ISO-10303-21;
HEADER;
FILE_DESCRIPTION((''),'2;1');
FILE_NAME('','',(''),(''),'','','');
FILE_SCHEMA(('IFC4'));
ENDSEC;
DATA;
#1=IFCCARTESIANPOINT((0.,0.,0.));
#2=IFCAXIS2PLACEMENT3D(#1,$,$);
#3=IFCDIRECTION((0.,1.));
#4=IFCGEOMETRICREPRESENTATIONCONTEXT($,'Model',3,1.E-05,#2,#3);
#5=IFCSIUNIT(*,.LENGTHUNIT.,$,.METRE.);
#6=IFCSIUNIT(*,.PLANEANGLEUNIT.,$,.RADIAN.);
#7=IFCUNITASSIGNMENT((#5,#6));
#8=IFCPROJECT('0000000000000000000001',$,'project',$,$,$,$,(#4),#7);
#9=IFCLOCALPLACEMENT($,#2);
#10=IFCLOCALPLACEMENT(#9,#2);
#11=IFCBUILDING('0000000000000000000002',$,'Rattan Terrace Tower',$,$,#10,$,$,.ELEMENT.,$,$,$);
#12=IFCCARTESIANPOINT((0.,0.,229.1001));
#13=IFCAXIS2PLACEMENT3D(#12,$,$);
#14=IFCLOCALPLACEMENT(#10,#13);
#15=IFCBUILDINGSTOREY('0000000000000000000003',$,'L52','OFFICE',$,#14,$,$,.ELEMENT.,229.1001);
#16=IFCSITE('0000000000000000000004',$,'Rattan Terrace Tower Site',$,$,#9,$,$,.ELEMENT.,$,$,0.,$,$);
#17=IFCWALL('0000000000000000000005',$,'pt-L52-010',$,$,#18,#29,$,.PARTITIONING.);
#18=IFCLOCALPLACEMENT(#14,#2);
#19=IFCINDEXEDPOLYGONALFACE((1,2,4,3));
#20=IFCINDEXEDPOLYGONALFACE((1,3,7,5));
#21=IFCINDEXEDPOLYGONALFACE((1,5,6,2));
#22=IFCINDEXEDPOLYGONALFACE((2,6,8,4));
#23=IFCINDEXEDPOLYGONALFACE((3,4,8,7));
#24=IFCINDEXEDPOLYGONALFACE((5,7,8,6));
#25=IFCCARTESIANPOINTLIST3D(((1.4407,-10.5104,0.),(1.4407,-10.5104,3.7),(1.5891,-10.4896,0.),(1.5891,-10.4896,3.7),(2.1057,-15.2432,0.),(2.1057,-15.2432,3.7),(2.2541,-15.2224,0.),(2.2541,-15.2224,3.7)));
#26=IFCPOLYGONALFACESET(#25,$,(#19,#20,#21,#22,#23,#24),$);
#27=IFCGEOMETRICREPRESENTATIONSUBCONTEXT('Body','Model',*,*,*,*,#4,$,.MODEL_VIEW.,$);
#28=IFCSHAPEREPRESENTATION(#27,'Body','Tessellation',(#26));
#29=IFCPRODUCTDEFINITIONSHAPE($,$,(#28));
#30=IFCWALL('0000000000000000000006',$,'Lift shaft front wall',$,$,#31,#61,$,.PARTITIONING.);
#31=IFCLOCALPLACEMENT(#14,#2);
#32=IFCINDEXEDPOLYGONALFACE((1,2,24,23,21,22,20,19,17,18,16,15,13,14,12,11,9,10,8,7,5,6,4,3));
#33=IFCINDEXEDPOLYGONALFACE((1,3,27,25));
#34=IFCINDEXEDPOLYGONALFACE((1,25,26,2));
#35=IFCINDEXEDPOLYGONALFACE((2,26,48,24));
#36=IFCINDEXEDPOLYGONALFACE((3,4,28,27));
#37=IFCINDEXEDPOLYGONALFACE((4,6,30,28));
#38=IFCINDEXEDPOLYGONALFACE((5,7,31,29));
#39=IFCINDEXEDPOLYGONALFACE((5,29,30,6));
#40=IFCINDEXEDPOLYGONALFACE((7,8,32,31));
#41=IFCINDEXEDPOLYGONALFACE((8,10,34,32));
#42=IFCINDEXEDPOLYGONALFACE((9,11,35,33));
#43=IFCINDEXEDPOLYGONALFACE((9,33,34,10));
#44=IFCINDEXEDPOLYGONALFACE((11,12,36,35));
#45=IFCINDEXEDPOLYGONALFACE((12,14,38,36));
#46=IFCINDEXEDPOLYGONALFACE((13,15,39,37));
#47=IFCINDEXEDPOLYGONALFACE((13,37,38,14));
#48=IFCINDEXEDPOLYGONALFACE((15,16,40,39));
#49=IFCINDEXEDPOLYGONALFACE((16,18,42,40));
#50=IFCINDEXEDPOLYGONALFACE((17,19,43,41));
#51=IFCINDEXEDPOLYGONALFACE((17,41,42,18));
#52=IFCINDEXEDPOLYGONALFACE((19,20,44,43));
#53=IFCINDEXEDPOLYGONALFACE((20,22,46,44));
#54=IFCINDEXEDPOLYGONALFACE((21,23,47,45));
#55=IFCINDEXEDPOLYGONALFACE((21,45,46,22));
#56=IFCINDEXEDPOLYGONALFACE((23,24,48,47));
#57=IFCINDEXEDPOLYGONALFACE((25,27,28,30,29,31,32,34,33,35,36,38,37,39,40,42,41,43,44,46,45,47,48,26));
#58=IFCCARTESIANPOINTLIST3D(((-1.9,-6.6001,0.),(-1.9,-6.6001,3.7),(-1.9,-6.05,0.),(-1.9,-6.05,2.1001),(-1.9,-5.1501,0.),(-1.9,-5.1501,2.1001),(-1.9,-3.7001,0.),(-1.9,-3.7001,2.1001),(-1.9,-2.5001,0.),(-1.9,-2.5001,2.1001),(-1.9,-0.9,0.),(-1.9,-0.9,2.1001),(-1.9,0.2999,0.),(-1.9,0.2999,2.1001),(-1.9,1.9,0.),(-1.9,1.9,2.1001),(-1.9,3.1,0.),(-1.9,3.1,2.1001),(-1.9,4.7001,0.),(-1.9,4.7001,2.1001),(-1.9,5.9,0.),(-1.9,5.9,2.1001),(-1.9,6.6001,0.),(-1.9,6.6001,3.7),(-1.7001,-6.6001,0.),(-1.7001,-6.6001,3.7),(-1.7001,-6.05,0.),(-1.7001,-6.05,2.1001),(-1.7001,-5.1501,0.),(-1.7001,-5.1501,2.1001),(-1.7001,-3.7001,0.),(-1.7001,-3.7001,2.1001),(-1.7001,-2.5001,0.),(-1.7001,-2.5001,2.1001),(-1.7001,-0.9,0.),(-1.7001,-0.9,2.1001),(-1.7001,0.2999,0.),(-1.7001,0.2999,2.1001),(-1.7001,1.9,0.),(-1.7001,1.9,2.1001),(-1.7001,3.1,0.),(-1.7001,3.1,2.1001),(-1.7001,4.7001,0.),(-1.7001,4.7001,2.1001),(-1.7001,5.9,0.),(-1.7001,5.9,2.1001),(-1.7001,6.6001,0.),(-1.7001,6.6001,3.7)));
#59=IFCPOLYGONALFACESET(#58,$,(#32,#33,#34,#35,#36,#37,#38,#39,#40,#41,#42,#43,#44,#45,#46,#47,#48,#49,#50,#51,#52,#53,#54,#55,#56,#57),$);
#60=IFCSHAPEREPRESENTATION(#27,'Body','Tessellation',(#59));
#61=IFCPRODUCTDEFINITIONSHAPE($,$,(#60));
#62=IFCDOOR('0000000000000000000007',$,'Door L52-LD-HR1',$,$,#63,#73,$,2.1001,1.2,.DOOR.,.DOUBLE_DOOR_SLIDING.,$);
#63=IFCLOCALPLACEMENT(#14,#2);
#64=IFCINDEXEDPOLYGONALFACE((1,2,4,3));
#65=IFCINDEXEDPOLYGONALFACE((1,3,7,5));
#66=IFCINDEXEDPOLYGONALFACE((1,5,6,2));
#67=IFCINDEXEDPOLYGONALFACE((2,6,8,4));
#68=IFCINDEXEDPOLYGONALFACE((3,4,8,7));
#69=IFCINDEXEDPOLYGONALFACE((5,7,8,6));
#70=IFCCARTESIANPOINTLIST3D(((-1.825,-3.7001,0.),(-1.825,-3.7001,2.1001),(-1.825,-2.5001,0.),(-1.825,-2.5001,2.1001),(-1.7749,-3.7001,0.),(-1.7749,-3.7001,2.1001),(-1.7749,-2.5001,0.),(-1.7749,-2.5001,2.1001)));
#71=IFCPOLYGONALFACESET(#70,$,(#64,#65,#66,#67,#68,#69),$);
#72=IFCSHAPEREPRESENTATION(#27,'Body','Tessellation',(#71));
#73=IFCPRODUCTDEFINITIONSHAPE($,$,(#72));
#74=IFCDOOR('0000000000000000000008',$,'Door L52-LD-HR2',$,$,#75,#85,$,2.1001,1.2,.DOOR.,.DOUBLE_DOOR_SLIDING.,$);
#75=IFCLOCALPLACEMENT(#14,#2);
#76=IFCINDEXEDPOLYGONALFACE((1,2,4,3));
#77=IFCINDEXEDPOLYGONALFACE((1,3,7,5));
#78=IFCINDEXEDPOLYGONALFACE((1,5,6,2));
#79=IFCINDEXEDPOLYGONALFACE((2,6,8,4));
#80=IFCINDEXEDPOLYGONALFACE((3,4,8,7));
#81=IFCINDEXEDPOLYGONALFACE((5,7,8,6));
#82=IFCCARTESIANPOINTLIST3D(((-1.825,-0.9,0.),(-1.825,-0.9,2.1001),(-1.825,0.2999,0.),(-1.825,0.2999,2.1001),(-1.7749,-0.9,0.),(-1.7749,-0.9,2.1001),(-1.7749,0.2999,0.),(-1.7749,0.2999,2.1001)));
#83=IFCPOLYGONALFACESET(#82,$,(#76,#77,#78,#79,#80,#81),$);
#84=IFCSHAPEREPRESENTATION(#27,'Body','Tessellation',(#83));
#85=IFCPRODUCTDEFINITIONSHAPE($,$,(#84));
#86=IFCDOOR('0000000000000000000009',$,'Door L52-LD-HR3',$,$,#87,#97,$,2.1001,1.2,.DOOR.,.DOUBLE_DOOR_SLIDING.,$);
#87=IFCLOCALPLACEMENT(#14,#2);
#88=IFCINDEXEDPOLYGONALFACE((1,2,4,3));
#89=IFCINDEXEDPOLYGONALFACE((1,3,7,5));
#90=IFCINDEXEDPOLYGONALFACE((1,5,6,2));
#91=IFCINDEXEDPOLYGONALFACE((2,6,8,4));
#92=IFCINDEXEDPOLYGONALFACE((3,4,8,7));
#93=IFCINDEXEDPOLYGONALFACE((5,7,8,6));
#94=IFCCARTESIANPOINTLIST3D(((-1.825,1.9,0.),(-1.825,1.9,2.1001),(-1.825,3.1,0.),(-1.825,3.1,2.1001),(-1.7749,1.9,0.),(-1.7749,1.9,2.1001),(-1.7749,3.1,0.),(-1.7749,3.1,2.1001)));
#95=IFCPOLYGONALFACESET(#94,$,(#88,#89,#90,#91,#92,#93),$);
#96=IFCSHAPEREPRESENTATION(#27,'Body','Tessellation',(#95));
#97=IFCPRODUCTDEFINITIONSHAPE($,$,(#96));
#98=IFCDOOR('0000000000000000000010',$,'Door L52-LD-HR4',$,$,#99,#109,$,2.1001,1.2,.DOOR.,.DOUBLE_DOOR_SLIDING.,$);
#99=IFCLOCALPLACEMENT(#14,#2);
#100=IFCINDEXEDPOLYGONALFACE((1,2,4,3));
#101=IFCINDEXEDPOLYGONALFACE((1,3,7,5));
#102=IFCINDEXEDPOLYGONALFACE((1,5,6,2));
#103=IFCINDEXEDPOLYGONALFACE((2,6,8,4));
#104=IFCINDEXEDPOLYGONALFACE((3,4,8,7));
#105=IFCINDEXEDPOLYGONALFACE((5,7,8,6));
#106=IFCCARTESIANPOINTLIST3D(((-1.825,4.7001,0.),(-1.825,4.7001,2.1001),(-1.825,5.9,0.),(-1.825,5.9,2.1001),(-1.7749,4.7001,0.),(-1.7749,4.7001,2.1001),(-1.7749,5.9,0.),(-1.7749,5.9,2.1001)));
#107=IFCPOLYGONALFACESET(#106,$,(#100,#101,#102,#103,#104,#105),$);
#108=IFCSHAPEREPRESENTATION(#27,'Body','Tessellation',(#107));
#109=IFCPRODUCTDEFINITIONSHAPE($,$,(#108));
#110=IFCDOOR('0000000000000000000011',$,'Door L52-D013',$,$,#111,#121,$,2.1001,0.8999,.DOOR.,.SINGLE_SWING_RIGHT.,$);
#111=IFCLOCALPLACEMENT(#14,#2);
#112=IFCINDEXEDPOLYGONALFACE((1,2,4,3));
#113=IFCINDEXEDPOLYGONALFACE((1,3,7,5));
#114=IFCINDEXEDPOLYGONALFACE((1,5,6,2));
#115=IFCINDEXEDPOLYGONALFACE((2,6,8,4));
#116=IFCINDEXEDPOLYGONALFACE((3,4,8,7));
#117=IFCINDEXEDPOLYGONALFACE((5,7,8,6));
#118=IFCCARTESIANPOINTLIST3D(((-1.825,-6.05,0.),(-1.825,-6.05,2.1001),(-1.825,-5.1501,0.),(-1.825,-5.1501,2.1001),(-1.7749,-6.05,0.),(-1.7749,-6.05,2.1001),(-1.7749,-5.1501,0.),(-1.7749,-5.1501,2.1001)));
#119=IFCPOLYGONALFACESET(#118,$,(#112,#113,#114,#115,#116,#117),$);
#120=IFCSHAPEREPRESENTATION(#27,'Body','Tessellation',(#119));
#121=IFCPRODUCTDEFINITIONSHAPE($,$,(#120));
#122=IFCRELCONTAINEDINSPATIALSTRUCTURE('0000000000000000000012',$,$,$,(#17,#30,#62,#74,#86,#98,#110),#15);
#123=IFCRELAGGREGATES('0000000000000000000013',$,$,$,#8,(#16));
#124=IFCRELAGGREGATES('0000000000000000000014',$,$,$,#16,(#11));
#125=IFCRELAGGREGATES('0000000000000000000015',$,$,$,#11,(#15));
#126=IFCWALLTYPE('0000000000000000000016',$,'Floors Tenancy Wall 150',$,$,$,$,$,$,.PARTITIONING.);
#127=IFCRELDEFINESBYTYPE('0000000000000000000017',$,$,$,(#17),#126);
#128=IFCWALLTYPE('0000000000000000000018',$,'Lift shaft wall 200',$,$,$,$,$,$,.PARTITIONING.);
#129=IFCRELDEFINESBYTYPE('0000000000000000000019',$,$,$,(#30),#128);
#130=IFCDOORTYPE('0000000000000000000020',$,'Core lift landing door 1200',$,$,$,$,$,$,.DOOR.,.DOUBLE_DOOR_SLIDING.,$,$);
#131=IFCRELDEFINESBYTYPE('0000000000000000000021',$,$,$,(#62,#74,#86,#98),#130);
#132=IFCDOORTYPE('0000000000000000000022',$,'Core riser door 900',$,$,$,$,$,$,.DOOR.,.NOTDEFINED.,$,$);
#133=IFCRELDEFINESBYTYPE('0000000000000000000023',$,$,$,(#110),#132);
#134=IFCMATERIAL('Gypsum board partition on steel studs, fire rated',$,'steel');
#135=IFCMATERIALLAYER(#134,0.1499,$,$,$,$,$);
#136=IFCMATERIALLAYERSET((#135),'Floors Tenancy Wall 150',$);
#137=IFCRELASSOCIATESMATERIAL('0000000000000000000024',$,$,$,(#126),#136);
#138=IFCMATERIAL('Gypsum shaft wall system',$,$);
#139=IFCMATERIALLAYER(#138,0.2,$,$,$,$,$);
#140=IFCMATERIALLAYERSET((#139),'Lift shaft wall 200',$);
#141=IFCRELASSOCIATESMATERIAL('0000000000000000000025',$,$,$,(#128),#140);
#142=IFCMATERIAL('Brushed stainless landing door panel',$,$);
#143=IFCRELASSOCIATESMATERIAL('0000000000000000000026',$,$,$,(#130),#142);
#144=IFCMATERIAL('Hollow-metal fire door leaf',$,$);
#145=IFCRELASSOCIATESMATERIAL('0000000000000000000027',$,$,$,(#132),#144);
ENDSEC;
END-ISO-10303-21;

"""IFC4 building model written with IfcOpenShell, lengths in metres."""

from ifc_helpers import new_model, si_unit, direction, frame, frame_2d, origin, place, context, subcontext, project, spatial, rectangle, extrude, material, layer, layer_set, type_object, element, fill, save


model = new_model("IFC4")

# Units and contexts
model_context = context("Model", 3, precision=1e-05, world=origin(), true_north=direction((0.0, 1.0)))
body_context = subcontext(model_context, "Body", "Model", "MODEL_VIEW")
ifc_project = project(units=[si_unit("LENGTHUNIT", "METRE"), si_unit("PLANEANGLEUNIT", "RADIAN")], contexts=[model_context])

# Site, building, storey
site_placement = place(None, origin())
site = spatial("IfcSite", under=ifc_project, at=site_placement, Name="Rattan Terrace Tower Site", CompositionType="ELEMENT", RefElevation=0.0)
building_placement = place(site_placement, origin())
building = spatial("IfcBuilding", under=site, at=building_placement, Name="Rattan Terrace Tower", CompositionType="ELEMENT")
storey_placement = place(building_placement, frame((0.0, 0.0, 229.1001)))
storey = spatial("IfcBuildingStorey", under=building, at=storey_placement, Name="L52", Description="OFFICE", CompositionType="ELEMENT", Elevation=229.1001)

# Wall
ifc_material_1 = material(Name="Gypsum board partition on steel studs, fire rated", Category="steel")
ifc_layer_1 = layer(ifc_material_1, 0.1499)
ifc_layer_set_1 = layer_set([ifc_layer_1], Name="Floors Tenancy Wall 150")
wall_type_1 = type_object("IfcWallType", Name="Floors Tenancy Wall 150", PredefinedType="PARTITIONING", material=ifc_layer_set_1)
wall_1_placement = place(storey_placement, frame((1.5149, -10.5, 0.0), z_axis=(0.0, 0.0, 1.0), x_axis=(0.139147, -0.990272, 0.0)))
element("IfcWall", 1, at=wall_1_placement, inside=storey, type_object=wall_type_1, Name="pt-L52-010", PredefinedType="PARTITIONING", context=body_context, shape_type="SweptSolid", body=[
    extrude(rectangle(XDim=4.7793, YDim=0.1499, at=frame_2d((2.3896, 0.0))), origin(), (0.0, 0.0, 1.0), 3.7),
])

# Wall, openings, doors
ifc_material_2 = material(Name="Gypsum shaft wall system")
ifc_layer_2 = layer(ifc_material_2, 0.2)
ifc_layer_set_2 = layer_set([ifc_layer_2], Name="Lift shaft wall 200")
wall_type_2 = type_object("IfcWallType", Name="Lift shaft wall 200", PredefinedType="PARTITIONING", material=ifc_layer_set_2)
wall_2_placement = place(storey_placement, frame((-1.8, -6.6001, 0.0), z_axis=(0.0, 0.0, 1.0), x_axis=(0.0, 1.0, 0.0)))
wall_2 = element("IfcWall", 2, at=wall_2_placement, inside=storey, type_object=wall_type_2, Name="Lift shaft front wall", PredefinedType="PARTITIONING", context=body_context, shape_type="SweptSolid", body=[
    extrude(rectangle(XDim=13.2002, YDim=0.2, at=frame_2d((6.6001, 0.0))), origin(), (0.0, 0.0, 1.0), 3.7),
])
opening_1_placement = place(wall_2_placement, frame((0.55, 0.0, 0.0)))
opening_1 = element("IfcOpeningElement", 3, at=opening_1_placement, cuts=wall_2, PredefinedType="OPENING", context=body_context, shape_type="SweptSolid", body=[
    extrude(rectangle(XDim=0.8999, YDim=2.1001, at=frame_2d((0.45, 1.05))), frame((0.0, 0.1106, 0.0), z_axis=(0.0, -1.0, 0.0), x_axis=(1.0, 0.0, 0.0)), (0.0, 0.0, 1.0), 0.2209),
])
opening_2_placement = place(wall_2_placement, frame((2.8999, 0.0, 0.0)))
opening_2 = element("IfcOpeningElement", 4, at=opening_2_placement, cuts=wall_2, PredefinedType="OPENING", context=body_context, shape_type="SweptSolid", body=[
    extrude(rectangle(XDim=1.2, YDim=2.1001, at=frame_2d((0.6001, 1.05))), frame((0.0, 0.1106, 0.0), z_axis=(0.0, -1.0, 0.0), x_axis=(1.0, 0.0, 0.0)), (0.0, 0.0, 1.0), 0.2209),
])
opening_3_placement = place(wall_2_placement, frame((5.7, 0.0, 0.0)))
opening_3 = element("IfcOpeningElement", 5, at=opening_3_placement, cuts=wall_2, PredefinedType="OPENING", context=body_context, shape_type="SweptSolid", body=[
    extrude(rectangle(XDim=1.2, YDim=2.1001, at=frame_2d((0.6001, 1.05))), frame((0.0, 0.1106, 0.0), z_axis=(0.0, -1.0, 0.0), x_axis=(1.0, 0.0, 0.0)), (0.0, 0.0, 1.0), 0.2209),
])
opening_4_placement = place(wall_2_placement, frame((8.5, 0.0, 0.0)))
opening_4 = element("IfcOpeningElement", 6, at=opening_4_placement, cuts=wall_2, PredefinedType="OPENING", context=body_context, shape_type="SweptSolid", body=[
    extrude(rectangle(XDim=1.2, YDim=2.1001, at=frame_2d((0.6001, 1.05))), frame((0.0, 0.1106, 0.0), z_axis=(0.0, -1.0, 0.0), x_axis=(1.0, 0.0, 0.0)), (0.0, 0.0, 1.0), 0.2209),
])
opening_5_placement = place(wall_2_placement, frame((11.3, 0.0, 0.0)))
opening_5 = element("IfcOpeningElement", 7, at=opening_5_placement, cuts=wall_2, PredefinedType="OPENING", context=body_context, shape_type="SweptSolid", body=[
    extrude(rectangle(XDim=1.2, YDim=2.1001, at=frame_2d((0.6001, 1.05))), frame((0.0, 0.1106, 0.0), z_axis=(0.0, -1.0, 0.0), x_axis=(1.0, 0.0, 0.0)), (0.0, 0.0, 1.0), 0.2209),
])
ifc_material_3 = material(Name="Brushed stainless landing door panel")
door_type_1 = type_object("IfcDoorType", Name="Core lift landing door 1200", OperationType="DOUBLE_DOOR_SLIDING", PredefinedType="DOOR", material=ifc_material_3)
door_1_placement = place(opening_2_placement, origin())
door_1 = element("IfcDoor", 8, at=door_1_placement, inside=storey, type_object=door_type_1, Name="Door L52-LD-HR1", OperationType="DOUBLE_DOOR_SLIDING", OverallHeight=2.1001, OverallWidth=1.2, PredefinedType="DOOR", context=body_context, shape_type="SweptSolid", body=[
    extrude(rectangle(XDim=1.2, YDim=2.1001, at=frame_2d((0.6001, 1.05))), frame((0.0, 0.0249, 0.0), z_axis=(0.0, -1.0, 0.0), x_axis=(1.0, 0.0, 0.0)), (0.0, 0.0, 1.0), 0.05),
])
fill(opening_2, door_1)
door_2_placement = place(opening_3_placement, origin())
door_2 = element("IfcDoor", 9, at=door_2_placement, inside=storey, type_object=door_type_1, Name="Door L52-LD-HR2", OperationType="DOUBLE_DOOR_SLIDING", OverallHeight=2.1001, OverallWidth=1.2, PredefinedType="DOOR", context=body_context, shape_type="SweptSolid", body=[
    extrude(rectangle(XDim=1.2, YDim=2.1001, at=frame_2d((0.6001, 1.05))), frame((0.0, 0.0249, 0.0), z_axis=(0.0, -1.0, 0.0), x_axis=(1.0, 0.0, 0.0)), (0.0, 0.0, 1.0), 0.05),
])
fill(opening_3, door_2)
door_3_placement = place(opening_4_placement, origin())
door_3 = element("IfcDoor", 10, at=door_3_placement, inside=storey, type_object=door_type_1, Name="Door L52-LD-HR3", OperationType="DOUBLE_DOOR_SLIDING", OverallHeight=2.1001, OverallWidth=1.2, PredefinedType="DOOR", context=body_context, shape_type="SweptSolid", body=[
    extrude(rectangle(XDim=1.2, YDim=2.1001, at=frame_2d((0.6001, 1.05))), frame((0.0, 0.0249, 0.0), z_axis=(0.0, -1.0, 0.0), x_axis=(1.0, 0.0, 0.0)), (0.0, 0.0, 1.0), 0.05),
])
fill(opening_4, door_3)
door_4_placement = place(opening_5_placement, origin())
door_4 = element("IfcDoor", 11, at=door_4_placement, inside=storey, type_object=door_type_1, Name="Door L52-LD-HR4", OperationType="DOUBLE_DOOR_SLIDING", OverallHeight=2.1001, OverallWidth=1.2, PredefinedType="DOOR", context=body_context, shape_type="SweptSolid", body=[
    extrude(rectangle(XDim=1.2, YDim=2.1001, at=frame_2d((0.6001, 1.05))), frame((0.0, 0.0249, 0.0), z_axis=(0.0, -1.0, 0.0), x_axis=(1.0, 0.0, 0.0)), (0.0, 0.0, 1.0), 0.05),
])
fill(opening_5, door_4)
ifc_material_4 = material(Name="Hollow-metal fire door leaf")
door_type_2 = type_object("IfcDoorType", Name="Core riser door 900", OperationType="NOTDEFINED", PredefinedType="DOOR", material=ifc_material_4)
door_5_placement = place(opening_1_placement, origin())
door_5 = element("IfcDoor", 12, at=door_5_placement, inside=storey, type_object=door_type_2, Name="Door L52-D013", OperationType="SINGLE_SWING_RIGHT", OverallHeight=2.1001, OverallWidth=0.8999, PredefinedType="DOOR", context=body_context, shape_type="SweptSolid", body=[
    extrude(rectangle(XDim=0.8999, YDim=2.1001, at=frame_2d((0.45, 1.05))), frame((0.0, 0.0249, 0.0), z_axis=(0.0, -1.0, 0.0), x_axis=(1.0, 0.0, 0.0)), (0.0, 0.0, 1.0), 0.05),
])
fill(opening_1, door_5)

save(model, "model.ifc")
